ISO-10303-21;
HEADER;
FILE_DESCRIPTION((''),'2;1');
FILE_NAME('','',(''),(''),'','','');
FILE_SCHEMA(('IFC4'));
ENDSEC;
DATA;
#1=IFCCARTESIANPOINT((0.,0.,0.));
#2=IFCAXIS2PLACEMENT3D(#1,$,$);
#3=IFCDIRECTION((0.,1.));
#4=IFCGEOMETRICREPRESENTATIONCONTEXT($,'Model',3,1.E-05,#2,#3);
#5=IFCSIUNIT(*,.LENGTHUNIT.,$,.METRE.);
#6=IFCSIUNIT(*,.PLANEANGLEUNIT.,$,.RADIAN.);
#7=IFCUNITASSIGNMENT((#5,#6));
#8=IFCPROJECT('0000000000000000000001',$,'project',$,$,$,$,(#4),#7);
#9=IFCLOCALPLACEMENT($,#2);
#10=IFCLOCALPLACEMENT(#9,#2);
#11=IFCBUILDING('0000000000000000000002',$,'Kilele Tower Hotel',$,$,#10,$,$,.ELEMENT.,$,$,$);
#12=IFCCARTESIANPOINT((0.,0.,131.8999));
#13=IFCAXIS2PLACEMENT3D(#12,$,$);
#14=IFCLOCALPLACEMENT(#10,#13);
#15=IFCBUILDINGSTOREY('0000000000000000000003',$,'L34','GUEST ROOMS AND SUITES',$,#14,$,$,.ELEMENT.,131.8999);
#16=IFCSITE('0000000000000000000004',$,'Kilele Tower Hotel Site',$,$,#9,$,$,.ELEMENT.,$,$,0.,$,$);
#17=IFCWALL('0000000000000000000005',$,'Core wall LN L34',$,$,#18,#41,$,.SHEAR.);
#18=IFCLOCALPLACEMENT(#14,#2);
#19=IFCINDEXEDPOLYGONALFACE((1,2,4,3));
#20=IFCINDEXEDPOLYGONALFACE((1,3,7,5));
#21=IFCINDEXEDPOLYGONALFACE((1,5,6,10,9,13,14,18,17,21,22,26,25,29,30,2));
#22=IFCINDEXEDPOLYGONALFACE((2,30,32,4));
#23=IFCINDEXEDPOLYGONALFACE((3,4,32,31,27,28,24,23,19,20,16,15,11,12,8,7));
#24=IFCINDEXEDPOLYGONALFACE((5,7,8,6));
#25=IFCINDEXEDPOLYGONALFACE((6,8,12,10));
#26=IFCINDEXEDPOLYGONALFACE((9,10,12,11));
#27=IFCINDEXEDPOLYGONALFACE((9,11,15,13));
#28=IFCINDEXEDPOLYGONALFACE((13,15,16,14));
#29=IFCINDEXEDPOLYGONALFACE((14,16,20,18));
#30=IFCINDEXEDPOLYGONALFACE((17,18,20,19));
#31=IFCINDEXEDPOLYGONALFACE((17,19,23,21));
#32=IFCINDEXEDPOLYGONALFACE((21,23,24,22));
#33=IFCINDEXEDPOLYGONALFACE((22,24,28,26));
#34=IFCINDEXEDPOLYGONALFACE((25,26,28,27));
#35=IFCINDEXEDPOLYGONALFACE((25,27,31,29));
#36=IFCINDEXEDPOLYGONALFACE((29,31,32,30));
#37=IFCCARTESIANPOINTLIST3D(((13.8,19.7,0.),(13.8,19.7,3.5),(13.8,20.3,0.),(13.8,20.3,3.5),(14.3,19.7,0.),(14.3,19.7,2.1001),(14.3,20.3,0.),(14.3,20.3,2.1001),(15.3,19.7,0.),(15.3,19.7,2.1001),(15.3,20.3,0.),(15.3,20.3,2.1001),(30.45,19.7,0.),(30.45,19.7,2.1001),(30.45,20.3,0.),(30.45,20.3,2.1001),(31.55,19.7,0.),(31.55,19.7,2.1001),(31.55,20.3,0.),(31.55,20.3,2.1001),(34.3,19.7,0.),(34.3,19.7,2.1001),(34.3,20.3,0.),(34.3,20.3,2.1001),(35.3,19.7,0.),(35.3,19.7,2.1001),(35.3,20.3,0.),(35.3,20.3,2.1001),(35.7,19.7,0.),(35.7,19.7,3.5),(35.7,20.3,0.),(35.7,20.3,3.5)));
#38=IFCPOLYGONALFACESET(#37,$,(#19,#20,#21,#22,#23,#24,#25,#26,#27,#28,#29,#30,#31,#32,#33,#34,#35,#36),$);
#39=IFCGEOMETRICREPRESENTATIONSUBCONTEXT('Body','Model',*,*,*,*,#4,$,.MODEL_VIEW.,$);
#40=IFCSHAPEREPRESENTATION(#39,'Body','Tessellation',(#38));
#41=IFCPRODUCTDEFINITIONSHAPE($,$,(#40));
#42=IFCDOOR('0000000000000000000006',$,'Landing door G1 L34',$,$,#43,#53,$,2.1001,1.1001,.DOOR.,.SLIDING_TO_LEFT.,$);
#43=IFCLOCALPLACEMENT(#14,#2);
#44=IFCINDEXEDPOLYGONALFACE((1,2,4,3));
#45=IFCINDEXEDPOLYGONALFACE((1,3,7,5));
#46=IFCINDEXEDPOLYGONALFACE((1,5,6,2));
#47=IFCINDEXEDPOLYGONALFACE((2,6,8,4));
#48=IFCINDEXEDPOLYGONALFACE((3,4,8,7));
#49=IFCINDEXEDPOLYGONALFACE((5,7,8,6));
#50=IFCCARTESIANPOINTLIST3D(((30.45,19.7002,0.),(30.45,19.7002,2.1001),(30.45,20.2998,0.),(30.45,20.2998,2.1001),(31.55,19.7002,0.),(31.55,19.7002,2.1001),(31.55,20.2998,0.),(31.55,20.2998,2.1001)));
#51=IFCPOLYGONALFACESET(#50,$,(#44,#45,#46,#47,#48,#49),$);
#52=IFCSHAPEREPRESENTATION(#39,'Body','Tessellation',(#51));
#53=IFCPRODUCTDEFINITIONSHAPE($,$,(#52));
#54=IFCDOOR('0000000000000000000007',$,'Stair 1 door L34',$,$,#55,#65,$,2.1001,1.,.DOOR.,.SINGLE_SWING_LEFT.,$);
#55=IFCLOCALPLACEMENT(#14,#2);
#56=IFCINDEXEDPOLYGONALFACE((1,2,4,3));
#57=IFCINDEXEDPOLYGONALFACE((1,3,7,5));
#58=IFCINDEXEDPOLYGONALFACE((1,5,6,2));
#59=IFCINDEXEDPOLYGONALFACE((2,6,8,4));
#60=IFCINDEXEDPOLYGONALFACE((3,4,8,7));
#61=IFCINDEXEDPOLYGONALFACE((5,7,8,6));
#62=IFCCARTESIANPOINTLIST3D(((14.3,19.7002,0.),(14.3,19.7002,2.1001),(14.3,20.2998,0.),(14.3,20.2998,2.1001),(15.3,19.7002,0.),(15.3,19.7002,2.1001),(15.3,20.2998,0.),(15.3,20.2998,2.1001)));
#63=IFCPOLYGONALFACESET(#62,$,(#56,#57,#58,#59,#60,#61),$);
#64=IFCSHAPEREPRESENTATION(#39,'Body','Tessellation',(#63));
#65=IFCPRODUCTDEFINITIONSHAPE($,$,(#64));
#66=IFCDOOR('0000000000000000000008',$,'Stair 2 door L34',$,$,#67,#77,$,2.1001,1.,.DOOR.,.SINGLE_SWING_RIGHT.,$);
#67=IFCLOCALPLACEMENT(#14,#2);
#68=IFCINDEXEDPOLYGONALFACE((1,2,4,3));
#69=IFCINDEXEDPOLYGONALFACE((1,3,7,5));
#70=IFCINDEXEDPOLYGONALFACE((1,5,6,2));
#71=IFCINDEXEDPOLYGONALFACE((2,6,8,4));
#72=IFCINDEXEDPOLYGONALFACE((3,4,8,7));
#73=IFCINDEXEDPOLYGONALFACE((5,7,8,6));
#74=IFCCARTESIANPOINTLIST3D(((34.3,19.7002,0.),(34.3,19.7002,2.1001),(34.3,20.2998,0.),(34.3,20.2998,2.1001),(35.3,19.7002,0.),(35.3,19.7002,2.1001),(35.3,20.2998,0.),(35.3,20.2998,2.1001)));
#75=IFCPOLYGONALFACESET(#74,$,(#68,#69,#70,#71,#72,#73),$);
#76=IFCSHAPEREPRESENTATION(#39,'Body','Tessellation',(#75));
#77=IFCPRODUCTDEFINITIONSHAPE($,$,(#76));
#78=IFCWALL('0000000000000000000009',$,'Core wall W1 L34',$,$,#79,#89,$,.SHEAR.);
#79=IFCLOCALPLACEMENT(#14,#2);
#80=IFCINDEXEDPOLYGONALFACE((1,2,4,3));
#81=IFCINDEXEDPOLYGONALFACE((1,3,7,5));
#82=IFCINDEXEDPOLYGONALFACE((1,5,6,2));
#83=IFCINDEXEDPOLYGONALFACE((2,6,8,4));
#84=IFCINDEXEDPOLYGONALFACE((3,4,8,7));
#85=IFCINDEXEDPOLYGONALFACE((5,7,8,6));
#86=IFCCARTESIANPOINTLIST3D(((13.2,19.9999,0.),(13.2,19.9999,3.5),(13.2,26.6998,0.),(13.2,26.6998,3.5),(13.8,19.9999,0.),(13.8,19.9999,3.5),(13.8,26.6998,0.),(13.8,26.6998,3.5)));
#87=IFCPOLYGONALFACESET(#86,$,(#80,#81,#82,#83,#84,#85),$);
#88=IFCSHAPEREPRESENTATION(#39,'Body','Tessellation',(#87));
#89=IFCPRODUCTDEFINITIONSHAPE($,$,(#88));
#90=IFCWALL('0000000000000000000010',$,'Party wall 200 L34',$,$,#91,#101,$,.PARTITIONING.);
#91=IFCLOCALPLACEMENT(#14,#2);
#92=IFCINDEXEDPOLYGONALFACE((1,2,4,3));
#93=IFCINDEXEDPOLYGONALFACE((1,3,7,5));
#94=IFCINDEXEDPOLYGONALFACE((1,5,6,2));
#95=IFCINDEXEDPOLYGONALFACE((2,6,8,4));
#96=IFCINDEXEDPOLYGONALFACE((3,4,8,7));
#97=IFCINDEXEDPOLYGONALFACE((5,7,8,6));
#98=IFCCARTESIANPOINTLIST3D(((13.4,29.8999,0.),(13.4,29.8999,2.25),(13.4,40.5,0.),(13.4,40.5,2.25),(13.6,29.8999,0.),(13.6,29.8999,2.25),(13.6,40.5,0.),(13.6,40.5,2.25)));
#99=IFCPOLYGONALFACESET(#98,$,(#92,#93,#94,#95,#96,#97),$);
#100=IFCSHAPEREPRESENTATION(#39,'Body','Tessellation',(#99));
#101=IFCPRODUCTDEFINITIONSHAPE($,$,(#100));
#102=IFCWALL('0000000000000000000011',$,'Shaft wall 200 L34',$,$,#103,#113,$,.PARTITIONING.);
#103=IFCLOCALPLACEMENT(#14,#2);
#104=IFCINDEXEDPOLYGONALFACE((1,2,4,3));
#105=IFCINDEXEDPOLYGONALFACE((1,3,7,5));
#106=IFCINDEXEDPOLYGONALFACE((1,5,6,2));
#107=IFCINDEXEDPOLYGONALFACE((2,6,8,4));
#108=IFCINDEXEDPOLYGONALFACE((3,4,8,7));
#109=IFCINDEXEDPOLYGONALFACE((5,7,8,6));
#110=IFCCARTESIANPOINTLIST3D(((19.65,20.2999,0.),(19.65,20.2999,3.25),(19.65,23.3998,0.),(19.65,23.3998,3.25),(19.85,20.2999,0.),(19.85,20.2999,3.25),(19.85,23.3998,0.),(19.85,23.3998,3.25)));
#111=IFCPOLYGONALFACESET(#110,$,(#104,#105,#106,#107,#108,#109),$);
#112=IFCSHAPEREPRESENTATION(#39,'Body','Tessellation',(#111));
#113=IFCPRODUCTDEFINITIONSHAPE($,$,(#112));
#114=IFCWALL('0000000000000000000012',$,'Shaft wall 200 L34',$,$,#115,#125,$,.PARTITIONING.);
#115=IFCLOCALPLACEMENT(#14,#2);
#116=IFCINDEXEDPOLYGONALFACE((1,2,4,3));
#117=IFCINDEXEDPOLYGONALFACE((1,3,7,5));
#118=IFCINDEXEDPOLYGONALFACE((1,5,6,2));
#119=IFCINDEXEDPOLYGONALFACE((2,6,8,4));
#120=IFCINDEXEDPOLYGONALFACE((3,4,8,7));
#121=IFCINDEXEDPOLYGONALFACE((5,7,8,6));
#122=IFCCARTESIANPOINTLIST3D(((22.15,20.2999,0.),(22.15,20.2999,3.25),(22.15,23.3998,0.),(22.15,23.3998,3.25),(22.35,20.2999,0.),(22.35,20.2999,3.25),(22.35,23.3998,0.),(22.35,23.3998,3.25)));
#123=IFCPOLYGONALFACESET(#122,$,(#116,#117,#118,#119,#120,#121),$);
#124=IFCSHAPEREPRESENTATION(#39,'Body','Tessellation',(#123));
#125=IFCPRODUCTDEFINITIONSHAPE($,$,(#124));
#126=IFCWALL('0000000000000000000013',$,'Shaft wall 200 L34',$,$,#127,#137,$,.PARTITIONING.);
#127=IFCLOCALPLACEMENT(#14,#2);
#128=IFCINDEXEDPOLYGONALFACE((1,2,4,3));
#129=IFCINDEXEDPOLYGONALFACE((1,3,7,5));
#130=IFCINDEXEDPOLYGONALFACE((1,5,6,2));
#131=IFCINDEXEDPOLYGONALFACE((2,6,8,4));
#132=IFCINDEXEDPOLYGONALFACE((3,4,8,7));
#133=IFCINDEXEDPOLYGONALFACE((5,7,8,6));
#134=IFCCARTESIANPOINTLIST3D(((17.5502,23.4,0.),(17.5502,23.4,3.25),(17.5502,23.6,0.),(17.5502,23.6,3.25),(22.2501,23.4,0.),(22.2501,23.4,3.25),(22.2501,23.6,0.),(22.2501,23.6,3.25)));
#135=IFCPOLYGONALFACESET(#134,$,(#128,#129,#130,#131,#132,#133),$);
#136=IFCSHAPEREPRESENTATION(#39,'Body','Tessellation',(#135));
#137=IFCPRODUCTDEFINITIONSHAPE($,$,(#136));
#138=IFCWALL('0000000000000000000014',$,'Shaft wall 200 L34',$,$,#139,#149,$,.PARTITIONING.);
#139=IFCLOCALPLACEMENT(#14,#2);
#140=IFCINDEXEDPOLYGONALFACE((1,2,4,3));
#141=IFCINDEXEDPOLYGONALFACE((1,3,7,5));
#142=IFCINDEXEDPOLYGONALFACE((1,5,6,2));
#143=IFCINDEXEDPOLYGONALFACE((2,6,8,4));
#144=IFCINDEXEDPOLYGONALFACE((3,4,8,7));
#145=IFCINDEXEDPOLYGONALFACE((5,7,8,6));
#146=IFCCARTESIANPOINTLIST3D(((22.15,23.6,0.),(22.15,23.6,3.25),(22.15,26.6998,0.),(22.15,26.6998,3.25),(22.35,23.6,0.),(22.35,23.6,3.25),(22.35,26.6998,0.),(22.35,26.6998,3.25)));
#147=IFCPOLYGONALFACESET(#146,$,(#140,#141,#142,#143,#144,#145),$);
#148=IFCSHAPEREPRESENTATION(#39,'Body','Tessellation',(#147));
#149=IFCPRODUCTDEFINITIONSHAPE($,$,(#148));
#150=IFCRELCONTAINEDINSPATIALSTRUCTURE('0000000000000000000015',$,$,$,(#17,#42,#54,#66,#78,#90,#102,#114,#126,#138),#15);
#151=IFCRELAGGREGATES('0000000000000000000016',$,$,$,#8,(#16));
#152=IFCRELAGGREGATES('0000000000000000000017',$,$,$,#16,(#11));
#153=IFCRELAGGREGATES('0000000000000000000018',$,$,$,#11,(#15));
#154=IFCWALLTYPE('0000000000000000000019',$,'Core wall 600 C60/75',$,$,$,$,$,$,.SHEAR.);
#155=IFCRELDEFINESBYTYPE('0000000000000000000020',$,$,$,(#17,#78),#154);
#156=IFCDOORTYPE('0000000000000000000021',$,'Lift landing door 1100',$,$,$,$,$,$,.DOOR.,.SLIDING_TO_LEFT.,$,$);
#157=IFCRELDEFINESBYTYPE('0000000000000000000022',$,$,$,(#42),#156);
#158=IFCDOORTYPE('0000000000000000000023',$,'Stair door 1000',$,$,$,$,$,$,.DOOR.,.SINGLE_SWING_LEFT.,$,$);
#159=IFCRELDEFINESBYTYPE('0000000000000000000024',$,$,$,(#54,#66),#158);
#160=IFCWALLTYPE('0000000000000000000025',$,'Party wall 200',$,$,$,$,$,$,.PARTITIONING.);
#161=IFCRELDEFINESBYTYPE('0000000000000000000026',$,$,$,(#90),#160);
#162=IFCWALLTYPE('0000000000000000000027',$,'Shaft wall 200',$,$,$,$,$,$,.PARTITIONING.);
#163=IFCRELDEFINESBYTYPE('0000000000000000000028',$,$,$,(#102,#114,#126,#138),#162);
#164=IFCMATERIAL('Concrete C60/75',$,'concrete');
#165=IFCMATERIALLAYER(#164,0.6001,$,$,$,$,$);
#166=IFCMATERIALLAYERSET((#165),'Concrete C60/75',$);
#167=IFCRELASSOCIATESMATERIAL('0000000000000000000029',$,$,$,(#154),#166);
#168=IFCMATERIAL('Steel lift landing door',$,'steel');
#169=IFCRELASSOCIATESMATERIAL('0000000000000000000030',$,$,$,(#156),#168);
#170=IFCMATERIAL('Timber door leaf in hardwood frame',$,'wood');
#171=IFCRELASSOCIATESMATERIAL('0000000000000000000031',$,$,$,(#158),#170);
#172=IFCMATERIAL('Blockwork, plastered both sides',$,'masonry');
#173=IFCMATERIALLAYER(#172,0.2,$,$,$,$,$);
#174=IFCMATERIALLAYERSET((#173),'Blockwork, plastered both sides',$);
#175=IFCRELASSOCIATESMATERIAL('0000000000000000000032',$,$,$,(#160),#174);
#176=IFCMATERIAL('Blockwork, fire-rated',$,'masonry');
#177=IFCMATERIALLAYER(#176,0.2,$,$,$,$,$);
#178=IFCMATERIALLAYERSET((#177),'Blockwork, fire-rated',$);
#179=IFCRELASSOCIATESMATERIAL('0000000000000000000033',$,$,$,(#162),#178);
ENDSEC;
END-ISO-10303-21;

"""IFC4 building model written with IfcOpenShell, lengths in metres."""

from ifc_helpers import new_model, si_unit, direction, frame, frame_2d, origin, place, context, subcontext, project, spatial, rectangle, extrude, material, layer, layer_set, type_object, element, fill, save


model = new_model("IFC4")

# Units and contexts
model_context = context("Model", 3, precision=1e-05, world=origin(), true_north=direction((0.0, 1.0)))
body_context = subcontext(model_context, "Body", "Model", "MODEL_VIEW")
ifc_project = project(units=[si_unit("LENGTHUNIT", "METRE"), si_unit("PLANEANGLEUNIT", "RADIAN")], contexts=[model_context])

# Site, building, storey
site_placement = place(None, origin())
site = spatial("IfcSite", under=ifc_project, at=site_placement, Name="Kilele Tower Hotel Site", CompositionType="ELEMENT", RefElevation=0.0)
building_placement = place(site_placement, origin())
building = spatial("IfcBuilding", under=site, at=building_placement, Name="Kilele Tower Hotel", CompositionType="ELEMENT")
storey_placement = place(building_placement, frame((0.0, 0.0, 131.8999)))
storey = spatial("IfcBuildingStorey", under=building, at=storey_placement, Name="L34", Description="GUEST ROOMS AND SUITES", CompositionType="ELEMENT", Elevation=131.8999)

# Wall, openings, doors
ifc_material_1 = material(Name="Concrete C60/75", Category="concrete")
ifc_layer_1 = layer(ifc_material_1, 0.6001)
ifc_layer_set_1 = layer_set([ifc_layer_1], Name="Concrete C60/75")
wall_type_1 = type_object("IfcWallType", Name="Core wall 600 C60/75", PredefinedType="SHEAR", material=ifc_layer_set_1)
wall_1_placement = place(storey_placement, frame((13.8, 20.0, 0.0), z_axis=(0.0, 0.0, 1.0), x_axis=(1.0, 0.0, 0.0)))
wall_1 = element("IfcWall", 1, at=wall_1_placement, inside=storey, type_object=wall_type_1, Name="Core wall LN L34", PredefinedType="SHEAR", context=body_context, shape_type="SweptSolid", body=[
    extrude(rectangle(XDim=21.8999, YDim=0.6001, at=frame_2d((10.95, 0.0))), origin(), (0.0, 0.0, 1.0), 3.5),
])
opening_1_placement = place(wall_1_placement, frame((0.5, 0.0, 0.0)))
opening_1 = element("IfcOpeningElement", 2, at=opening_1_placement, cuts=wall_1, PredefinedType="OPENING", context=body_context, shape_type="SweptSolid", body=[
    extrude(rectangle(XDim=1.0, YDim=2.1001, at=frame_2d((0.5, 1.05))), frame((0.0, 0.3101, 0.0), z_axis=(0.0, -1.0, 0.0), x_axis=(1.0, 0.0, 0.0)), (0.0, 0.0, 1.0), 0.6201),
])
opening_2_placement = place(wall_1_placement, frame((20.5, 0.0, 0.0)))
opening_2 = element("IfcOpeningElement", 3, at=opening_2_placement, cuts=wall_1, PredefinedType="OPENING", context=body_context, shape_type="SweptSolid", body=[
    extrude(rectangle(XDim=1.0, YDim=2.1001, at=frame_2d((0.5, 1.05))), frame((0.0, 0.3101, 0.0), z_axis=(0.0, -1.0, 0.0), x_axis=(1.0, 0.0, 0.0)), (0.0, 0.0, 1.0), 0.6201),
])
opening_3_placement = place(wall_1_placement, frame((16.6499, 0.0, 0.0)))
opening_3 = element("IfcOpeningElement", 4, at=opening_3_placement, cuts=wall_1, PredefinedType="OPENING", context=body_context, shape_type="SweptSolid", body=[
    extrude(rectangle(XDim=1.1001, YDim=2.1001, at=frame_2d((0.55, 1.05))), frame((0.0, 0.3101, 0.0), z_axis=(0.0, -1.0, 0.0), x_axis=(1.0, 0.0, 0.0)), (0.0, 0.0, 1.0), 0.6201),
])
ifc_material_2 = material(Name="Steel lift landing door", Category="steel")
door_type_1 = type_object("IfcDoorType", Name="Lift landing door 1100", OperationType="SLIDING_TO_LEFT", PredefinedType="DOOR", material=ifc_material_2)
door_1_placement = place(opening_3_placement, origin())
door_1 = element("IfcDoor", 5, at=door_1_placement, inside=storey, type_object=door_type_1, Name="Landing door G1 L34", OperationType="SLIDING_TO_LEFT", OverallHeight=2.1001, OverallWidth=1.1001, PredefinedType="DOOR", context=body_context, shape_type="SweptSolid", body=[
    extrude(rectangle(XDim=1.1001, YDim=2.1001, at=frame_2d((0.55, 1.05))), frame((0.0, 0.2998, 0.0), z_axis=(0.0, -1.0, 0.0), x_axis=(1.0, 0.0, 0.0)), (0.0, 0.0, 1.0), 0.5996),
])
fill(opening_3, door_1)
ifc_material_3 = material(Name="Timber door leaf in hardwood frame", Category="wood")
door_type_2 = type_object("IfcDoorType", Name="Stair door 1000", OperationType="SINGLE_SWING_LEFT", PredefinedType="DOOR", material=ifc_material_3)
door_2_placement = place(opening_1_placement, origin())
door_2 = element("IfcDoor", 6, at=door_2_placement, inside=storey, type_object=door_type_2, Name="Stair 1 door L34", OperationType="SINGLE_SWING_LEFT", OverallHeight=2.1001, OverallWidth=1.0, PredefinedType="DOOR", context=body_context, shape_type="SweptSolid", body=[
    extrude(rectangle(XDim=1.0, YDim=2.1001, at=frame_2d((0.5, 1.05))), frame((0.0, 0.2998, 0.0), z_axis=(0.0, -1.0, 0.0), x_axis=(1.0, 0.0, 0.0)), (0.0, 0.0, 1.0), 0.5996),
])
fill(opening_1, door_2)
door_3_placement = place(opening_2_placement, origin())
door_3 = element("IfcDoor", 7, at=door_3_placement, inside=storey, type_object=door_type_2, Name="Stair 2 door L34", OperationType="SINGLE_SWING_RIGHT", OverallHeight=2.1001, OverallWidth=1.0, PredefinedType="DOOR", context=body_context, shape_type="SweptSolid", body=[
    extrude(rectangle(XDim=1.0, YDim=2.1001, at=frame_2d((0.5, 1.05))), frame((0.0, 0.2998, 0.0), z_axis=(0.0, -1.0, 0.0), x_axis=(1.0, 0.0, 0.0)), (0.0, 0.0, 1.0), 0.5996),
])
fill(opening_2, door_3)

# Walls
wall_2_placement = place(storey_placement, frame((13.5, 26.7, 0.0), z_axis=(0.0, 0.0, 1.0), x_axis=(0.0, -1.0, 0.0)))
element("IfcWall", 8, at=wall_2_placement, inside=storey, type_object=wall_type_1, Name="Core wall W1 L34", PredefinedType="SHEAR", context=body_context, shape_type="SweptSolid", body=[
    extrude(rectangle(XDim=6.7, YDim=0.6001, at=frame_2d((3.3501, 0.0))), origin(), (0.0, 0.0, 1.0), 3.5),
])
ifc_material_4 = material(Name="Blockwork, plastered both sides", Category="masonry")
ifc_layer_2 = layer(ifc_material_4, 0.2)
ifc_layer_set_2 = layer_set([ifc_layer_2], Name="Blockwork, plastered both sides")
wall_type_2 = type_object("IfcWallType", Name="Party wall 200", PredefinedType="PARTITIONING", material=ifc_layer_set_2)
wall_3_placement = place(storey_placement, frame((13.5, 29.8999, 0.0), z_axis=(0.0, 0.0, 1.0), x_axis=(0.0, 1.0, 0.0)))
element("IfcWall", 9, at=wall_3_placement, inside=storey, type_object=wall_type_2, Name="Party wall 200 L34", PredefinedType="PARTITIONING", context=body_context, shape_type="SweptSolid", body=[
    extrude(rectangle(XDim=10.6001, YDim=0.2, at=frame_2d((5.3, 0.0))), origin(), (0.0, 0.0, 1.0), 2.25),
])
ifc_material_5 = material(Name="Blockwork, fire-rated", Category="masonry")
ifc_layer_3 = layer(ifc_material_5, 0.2)
ifc_layer_set_3 = layer_set([ifc_layer_3], Name="Blockwork, fire-rated")
wall_type_3 = type_object("IfcWallType", Name="Shaft wall 200", PredefinedType="PARTITIONING", material=ifc_layer_set_3)
for number, where, z_axis, x_axis, name in (
    (10, (19.75, 20.3, 0.0), (0.0, 0.0, 1.0), (0.0, 1.0, 0.0), "Shaft wall 200 L34"),
    (11, (22.25, 20.3, 0.0), (0.0, 0.0, 1.0), (0.0, 1.0, 0.0), "Shaft wall 200 L34"),
):
    element("IfcWall", number, at=place(storey_placement, frame(where, z_axis=z_axis, x_axis=x_axis)), inside=storey, type_object=wall_type_3, Name=name, PredefinedType="PARTITIONING", context=body_context, shape_type="SweptSolid", body=[
        extrude(rectangle(XDim=3.0999, YDim=0.2, at=frame_2d((1.5498, 0.0))), origin(), (0.0, 0.0, 1.0), 3.25),
    ])
wall_4_placement = place(storey_placement, frame((17.55, 23.5, 0.0), z_axis=(0.0, 0.0, 1.0), x_axis=(1.0, 0.0, 0.0)))
element("IfcWall", 12, at=wall_4_placement, inside=storey, type_object=wall_type_3, Name="Shaft wall 200 L34", PredefinedType="PARTITIONING", context=body_context, shape_type="SweptSolid", body=[
    extrude(rectangle(XDim=4.7, YDim=0.2, at=frame_2d((2.3501, 0.0))), origin(), (0.0, 0.0, 1.0), 3.25),
])
wall_5_placement = place(storey_placement, frame((22.25, 23.6001, 0.0), z_axis=(0.0, 0.0, 1.0), x_axis=(0.0, 1.0, 0.0)))
element("IfcWall", 13, at=wall_5_placement, inside=storey, type_object=wall_type_3, Name="Shaft wall 200 L34", PredefinedType="PARTITIONING", context=body_context, shape_type="SweptSolid", body=[
    extrude(rectangle(XDim=3.0999, YDim=0.2, at=frame_2d((1.5498, 0.0))), origin(), (0.0, 0.0, 1.0), 3.25),
])

save(model, "model.ifc")
